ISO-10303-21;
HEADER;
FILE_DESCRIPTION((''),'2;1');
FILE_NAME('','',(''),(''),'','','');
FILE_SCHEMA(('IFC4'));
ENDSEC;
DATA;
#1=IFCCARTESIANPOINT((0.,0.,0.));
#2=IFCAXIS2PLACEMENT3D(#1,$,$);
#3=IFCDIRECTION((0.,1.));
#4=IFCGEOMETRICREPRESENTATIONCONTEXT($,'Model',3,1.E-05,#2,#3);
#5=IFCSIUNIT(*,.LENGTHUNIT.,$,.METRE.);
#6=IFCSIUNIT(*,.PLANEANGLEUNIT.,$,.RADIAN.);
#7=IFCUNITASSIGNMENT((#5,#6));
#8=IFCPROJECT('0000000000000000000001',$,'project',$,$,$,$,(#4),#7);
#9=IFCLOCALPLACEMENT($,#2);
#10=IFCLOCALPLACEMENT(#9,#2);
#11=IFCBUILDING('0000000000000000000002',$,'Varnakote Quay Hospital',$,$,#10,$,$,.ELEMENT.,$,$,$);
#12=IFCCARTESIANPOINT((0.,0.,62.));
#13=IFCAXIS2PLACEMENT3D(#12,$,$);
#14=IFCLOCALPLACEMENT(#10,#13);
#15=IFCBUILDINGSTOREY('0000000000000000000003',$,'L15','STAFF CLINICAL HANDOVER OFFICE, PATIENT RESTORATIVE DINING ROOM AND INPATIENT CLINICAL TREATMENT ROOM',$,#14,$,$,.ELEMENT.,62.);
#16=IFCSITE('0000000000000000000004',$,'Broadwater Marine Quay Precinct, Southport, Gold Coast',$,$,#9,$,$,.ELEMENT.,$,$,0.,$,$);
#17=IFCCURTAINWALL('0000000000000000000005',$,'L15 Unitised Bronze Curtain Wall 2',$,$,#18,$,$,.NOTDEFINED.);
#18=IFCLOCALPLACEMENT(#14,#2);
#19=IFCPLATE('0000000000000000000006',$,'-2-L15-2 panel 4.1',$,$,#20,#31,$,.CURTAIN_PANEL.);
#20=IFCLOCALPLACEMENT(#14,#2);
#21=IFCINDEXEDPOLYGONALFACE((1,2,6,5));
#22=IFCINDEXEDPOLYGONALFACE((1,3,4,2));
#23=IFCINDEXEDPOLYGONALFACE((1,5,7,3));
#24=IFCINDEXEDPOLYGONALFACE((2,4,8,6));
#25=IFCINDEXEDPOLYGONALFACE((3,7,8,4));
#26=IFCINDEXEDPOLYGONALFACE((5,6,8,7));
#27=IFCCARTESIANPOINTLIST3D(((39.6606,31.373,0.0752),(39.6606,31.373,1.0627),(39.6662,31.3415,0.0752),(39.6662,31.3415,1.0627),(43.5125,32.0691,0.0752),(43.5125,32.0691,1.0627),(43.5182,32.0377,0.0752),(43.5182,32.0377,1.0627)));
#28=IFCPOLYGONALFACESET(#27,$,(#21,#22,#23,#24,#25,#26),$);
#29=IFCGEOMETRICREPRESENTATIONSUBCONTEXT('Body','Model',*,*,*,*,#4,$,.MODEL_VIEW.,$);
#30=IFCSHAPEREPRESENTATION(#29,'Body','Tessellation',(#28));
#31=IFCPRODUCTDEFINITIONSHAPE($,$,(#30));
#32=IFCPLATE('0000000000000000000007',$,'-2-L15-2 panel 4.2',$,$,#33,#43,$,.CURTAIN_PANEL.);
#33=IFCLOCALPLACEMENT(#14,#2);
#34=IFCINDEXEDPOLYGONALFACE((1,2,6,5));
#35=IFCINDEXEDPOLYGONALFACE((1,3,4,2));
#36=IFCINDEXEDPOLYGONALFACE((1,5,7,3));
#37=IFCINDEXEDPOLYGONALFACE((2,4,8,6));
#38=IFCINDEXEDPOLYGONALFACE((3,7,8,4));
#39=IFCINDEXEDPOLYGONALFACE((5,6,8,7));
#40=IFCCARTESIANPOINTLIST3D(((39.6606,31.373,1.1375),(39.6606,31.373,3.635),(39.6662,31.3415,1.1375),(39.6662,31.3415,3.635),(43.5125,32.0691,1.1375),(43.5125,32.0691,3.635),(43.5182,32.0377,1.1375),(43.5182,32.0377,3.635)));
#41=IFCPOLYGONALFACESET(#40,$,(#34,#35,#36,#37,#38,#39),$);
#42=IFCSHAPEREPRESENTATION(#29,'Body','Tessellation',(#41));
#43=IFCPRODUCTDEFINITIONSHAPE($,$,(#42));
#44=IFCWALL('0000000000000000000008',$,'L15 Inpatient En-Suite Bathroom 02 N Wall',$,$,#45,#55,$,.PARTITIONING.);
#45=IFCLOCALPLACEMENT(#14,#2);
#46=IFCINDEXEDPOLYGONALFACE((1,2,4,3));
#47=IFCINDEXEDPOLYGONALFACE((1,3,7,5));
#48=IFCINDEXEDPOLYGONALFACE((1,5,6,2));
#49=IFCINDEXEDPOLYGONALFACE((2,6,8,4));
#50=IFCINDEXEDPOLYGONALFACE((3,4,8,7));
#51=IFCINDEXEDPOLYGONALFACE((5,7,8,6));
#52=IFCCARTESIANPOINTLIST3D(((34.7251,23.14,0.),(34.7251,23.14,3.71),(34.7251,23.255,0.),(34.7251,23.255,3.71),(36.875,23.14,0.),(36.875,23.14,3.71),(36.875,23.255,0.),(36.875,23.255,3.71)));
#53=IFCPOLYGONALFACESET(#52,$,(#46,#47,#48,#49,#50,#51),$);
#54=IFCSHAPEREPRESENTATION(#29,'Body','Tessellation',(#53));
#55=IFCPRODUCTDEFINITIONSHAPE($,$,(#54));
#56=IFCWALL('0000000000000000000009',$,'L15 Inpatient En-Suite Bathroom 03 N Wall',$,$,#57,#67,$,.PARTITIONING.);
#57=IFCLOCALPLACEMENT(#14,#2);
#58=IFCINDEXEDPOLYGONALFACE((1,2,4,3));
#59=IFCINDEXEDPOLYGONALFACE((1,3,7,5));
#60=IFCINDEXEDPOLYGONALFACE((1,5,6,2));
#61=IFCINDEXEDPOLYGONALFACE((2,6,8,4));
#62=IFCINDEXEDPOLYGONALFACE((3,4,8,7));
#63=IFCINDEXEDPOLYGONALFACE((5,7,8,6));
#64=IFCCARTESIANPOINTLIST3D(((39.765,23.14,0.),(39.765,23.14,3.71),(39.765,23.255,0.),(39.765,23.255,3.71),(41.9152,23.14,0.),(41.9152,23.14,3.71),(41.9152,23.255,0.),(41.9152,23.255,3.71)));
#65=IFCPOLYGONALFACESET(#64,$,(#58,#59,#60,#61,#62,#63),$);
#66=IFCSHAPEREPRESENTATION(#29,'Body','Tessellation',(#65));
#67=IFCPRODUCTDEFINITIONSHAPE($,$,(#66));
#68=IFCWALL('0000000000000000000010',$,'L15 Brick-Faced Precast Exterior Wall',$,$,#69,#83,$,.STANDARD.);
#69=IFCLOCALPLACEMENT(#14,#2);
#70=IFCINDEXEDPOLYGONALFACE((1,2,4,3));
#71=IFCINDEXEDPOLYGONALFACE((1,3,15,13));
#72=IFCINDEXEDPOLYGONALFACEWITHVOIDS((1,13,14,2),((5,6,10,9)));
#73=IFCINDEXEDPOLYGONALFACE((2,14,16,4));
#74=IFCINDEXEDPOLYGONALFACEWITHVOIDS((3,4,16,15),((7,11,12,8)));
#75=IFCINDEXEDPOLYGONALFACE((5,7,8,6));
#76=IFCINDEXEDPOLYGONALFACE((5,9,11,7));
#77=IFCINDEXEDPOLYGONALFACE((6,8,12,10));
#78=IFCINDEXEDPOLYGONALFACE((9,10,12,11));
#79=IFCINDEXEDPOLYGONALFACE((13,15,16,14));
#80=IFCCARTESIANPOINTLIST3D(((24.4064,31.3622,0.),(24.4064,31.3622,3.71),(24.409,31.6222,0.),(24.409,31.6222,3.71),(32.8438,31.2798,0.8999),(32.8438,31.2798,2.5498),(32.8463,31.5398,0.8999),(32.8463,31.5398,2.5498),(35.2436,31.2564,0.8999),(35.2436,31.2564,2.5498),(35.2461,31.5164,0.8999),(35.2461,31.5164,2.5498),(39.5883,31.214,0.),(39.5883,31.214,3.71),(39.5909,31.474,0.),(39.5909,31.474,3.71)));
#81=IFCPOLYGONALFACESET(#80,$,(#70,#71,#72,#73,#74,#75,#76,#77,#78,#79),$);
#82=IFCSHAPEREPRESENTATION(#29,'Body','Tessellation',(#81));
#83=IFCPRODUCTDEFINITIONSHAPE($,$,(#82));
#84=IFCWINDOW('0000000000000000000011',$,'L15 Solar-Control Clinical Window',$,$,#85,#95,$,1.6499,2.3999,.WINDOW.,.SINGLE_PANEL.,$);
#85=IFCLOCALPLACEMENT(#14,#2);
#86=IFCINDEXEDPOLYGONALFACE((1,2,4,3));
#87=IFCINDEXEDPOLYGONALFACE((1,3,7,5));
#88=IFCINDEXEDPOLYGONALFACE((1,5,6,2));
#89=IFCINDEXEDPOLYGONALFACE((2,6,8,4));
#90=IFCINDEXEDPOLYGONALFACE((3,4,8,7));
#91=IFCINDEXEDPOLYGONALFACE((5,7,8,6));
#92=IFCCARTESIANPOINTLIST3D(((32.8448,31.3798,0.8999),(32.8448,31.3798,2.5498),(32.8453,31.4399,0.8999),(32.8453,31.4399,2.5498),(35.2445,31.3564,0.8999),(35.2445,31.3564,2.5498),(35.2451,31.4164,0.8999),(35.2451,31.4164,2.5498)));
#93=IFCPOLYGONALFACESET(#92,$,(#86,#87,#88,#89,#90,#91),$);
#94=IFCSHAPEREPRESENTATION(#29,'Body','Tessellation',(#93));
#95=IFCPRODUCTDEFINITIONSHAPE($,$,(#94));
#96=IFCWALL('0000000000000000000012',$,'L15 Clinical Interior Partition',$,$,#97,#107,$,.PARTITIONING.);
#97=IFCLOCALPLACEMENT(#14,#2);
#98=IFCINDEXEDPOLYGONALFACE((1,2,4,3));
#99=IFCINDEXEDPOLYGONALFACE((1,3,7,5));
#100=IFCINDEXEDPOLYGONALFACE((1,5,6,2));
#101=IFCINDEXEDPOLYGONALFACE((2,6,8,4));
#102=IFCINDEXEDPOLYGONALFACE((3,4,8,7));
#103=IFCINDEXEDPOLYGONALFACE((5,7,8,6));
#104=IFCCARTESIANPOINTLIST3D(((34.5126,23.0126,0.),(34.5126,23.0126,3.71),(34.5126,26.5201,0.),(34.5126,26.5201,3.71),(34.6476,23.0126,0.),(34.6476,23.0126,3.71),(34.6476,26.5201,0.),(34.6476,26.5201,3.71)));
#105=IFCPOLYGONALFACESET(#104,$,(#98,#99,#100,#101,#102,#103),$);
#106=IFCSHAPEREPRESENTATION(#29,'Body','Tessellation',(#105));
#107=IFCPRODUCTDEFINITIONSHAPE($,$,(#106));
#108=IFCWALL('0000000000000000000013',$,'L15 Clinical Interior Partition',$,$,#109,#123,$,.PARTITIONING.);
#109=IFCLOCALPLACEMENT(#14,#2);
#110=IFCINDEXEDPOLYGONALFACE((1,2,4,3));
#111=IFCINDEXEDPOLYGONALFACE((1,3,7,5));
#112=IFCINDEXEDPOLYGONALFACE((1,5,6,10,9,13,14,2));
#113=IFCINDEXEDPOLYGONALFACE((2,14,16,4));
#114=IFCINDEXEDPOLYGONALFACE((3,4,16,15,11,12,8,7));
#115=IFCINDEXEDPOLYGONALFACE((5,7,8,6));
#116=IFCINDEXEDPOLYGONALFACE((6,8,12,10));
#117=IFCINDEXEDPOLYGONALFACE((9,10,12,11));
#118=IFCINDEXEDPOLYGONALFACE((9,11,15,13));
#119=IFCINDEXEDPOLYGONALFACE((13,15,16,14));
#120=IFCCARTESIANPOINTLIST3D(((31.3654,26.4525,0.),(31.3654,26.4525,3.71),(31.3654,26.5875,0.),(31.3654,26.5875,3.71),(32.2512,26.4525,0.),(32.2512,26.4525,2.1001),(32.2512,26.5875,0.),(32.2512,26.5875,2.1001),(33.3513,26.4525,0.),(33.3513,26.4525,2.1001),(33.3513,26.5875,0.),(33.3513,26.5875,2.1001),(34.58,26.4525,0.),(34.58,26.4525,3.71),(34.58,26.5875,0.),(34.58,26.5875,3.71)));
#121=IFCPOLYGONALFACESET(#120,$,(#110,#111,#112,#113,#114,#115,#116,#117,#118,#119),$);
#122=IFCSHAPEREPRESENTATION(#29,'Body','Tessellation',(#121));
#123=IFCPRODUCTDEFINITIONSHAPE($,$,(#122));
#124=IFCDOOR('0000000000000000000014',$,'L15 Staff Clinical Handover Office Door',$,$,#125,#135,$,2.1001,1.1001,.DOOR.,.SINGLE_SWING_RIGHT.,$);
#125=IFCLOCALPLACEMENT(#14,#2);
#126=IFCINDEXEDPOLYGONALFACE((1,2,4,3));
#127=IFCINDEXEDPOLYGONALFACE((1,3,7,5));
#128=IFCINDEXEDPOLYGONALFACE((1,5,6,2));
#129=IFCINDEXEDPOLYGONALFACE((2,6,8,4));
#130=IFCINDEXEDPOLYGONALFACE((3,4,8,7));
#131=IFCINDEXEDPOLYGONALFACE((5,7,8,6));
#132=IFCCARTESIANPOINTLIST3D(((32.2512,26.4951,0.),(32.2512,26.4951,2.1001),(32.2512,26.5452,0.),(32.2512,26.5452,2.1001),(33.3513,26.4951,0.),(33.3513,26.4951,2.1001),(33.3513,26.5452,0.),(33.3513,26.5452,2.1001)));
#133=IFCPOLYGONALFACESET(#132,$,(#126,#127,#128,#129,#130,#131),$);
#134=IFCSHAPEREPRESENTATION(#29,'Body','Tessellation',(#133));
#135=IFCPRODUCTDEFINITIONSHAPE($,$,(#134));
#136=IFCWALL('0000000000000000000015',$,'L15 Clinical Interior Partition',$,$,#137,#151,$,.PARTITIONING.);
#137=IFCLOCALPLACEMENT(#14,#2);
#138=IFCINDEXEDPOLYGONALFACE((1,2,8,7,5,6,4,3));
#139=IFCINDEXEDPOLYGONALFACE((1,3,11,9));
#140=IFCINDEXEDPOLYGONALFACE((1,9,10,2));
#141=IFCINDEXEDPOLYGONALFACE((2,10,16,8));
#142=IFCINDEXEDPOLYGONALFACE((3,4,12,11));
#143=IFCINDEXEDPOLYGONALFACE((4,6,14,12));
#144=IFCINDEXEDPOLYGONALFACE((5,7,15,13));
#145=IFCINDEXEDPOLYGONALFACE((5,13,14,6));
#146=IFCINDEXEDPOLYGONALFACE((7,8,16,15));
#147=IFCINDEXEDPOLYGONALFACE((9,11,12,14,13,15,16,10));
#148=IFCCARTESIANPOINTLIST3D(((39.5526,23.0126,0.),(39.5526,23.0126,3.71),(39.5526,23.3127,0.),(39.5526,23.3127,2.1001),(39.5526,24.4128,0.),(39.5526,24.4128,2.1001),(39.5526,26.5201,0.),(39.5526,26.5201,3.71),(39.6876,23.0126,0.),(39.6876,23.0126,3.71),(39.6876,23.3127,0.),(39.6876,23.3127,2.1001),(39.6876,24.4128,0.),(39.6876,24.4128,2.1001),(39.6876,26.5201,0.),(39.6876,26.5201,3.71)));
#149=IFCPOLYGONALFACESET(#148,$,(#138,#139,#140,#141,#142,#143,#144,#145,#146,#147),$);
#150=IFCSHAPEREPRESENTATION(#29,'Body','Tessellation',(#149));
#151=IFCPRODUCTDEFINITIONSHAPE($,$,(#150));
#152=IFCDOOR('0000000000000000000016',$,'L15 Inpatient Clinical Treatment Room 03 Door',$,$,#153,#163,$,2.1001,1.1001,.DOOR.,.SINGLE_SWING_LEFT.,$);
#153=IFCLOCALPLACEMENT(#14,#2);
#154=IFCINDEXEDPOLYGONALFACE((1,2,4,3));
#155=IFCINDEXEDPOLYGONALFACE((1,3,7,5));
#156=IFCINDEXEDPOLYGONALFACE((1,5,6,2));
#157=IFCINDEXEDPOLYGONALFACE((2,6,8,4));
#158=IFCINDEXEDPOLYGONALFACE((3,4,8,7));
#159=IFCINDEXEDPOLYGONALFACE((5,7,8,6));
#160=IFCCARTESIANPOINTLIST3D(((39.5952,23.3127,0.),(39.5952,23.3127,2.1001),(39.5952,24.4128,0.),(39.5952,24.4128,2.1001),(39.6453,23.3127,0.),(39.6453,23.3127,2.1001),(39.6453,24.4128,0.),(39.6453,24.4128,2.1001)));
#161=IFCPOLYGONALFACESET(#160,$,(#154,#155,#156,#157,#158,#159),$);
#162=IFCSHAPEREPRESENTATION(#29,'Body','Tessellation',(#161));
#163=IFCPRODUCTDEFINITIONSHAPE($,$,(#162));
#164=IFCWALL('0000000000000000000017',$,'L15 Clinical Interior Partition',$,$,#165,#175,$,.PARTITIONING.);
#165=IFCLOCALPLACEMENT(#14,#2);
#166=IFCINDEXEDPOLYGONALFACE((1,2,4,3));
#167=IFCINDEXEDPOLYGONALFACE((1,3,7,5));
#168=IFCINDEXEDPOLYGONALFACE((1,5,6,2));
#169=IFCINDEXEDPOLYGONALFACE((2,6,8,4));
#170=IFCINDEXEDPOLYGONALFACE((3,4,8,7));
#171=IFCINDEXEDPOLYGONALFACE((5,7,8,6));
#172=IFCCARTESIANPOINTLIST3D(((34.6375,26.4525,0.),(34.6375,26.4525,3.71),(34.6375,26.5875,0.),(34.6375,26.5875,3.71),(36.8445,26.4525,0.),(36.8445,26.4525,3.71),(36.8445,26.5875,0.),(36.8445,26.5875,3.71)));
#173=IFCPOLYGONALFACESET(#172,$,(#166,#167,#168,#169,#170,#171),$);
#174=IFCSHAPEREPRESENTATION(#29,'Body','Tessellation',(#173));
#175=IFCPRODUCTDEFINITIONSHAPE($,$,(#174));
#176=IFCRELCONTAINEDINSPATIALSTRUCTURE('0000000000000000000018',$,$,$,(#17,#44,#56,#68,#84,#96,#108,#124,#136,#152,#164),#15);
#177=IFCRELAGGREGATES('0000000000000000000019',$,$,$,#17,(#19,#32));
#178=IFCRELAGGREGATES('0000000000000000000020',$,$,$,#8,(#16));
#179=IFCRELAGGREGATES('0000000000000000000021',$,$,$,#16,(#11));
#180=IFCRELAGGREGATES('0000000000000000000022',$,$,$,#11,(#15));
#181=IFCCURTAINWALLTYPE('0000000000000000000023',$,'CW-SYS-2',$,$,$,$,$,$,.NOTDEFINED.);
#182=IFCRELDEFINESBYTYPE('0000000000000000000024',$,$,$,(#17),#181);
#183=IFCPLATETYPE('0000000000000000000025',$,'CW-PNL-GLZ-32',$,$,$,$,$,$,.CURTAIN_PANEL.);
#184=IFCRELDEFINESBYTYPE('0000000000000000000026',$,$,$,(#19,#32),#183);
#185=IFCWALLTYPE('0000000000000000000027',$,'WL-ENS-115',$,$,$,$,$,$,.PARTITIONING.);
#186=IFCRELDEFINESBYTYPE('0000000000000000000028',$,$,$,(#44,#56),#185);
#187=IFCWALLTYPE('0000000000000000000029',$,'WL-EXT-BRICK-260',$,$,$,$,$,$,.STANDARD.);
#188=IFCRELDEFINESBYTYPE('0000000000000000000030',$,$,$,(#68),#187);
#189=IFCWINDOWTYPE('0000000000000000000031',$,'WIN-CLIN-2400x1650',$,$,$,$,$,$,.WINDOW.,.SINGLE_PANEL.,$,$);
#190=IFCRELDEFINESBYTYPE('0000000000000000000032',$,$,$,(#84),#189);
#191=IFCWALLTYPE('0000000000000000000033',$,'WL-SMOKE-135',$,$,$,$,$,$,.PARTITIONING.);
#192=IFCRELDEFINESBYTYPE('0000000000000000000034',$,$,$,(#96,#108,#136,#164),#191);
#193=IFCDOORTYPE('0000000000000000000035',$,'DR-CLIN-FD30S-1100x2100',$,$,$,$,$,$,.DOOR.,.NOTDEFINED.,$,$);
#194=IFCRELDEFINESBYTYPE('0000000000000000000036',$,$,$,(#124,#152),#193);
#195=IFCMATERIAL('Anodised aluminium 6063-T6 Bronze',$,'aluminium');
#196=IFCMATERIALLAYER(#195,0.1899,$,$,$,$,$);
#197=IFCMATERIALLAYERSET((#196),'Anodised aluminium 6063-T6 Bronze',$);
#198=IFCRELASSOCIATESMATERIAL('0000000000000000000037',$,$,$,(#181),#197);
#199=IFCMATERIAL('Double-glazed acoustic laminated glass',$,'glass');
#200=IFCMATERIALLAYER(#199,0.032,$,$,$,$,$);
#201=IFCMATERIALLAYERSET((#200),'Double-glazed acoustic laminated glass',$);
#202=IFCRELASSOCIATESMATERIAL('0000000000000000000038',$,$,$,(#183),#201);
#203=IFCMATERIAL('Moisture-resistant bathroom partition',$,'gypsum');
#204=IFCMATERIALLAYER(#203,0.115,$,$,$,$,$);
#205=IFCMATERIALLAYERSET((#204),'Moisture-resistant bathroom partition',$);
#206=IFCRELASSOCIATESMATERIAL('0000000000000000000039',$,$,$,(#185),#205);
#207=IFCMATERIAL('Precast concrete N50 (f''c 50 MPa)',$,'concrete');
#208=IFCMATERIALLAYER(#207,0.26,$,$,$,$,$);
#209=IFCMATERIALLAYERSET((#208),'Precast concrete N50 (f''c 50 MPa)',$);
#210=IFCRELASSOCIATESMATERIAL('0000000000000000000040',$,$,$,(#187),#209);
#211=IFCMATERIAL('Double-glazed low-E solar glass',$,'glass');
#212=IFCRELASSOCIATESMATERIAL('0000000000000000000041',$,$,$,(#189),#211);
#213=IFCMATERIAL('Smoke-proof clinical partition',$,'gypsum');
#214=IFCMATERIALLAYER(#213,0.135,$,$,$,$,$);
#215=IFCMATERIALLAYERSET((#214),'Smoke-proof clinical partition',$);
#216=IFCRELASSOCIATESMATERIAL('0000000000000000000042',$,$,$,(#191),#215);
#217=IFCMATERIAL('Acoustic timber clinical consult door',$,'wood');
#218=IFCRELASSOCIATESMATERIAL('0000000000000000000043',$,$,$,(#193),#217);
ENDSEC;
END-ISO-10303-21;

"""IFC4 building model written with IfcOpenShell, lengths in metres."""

from ifc_helpers import new_model, si_unit, direction, frame, frame_2d, origin, origin_2d, place, context, subcontext, project, spatial, rectangle, extrude, material, layer, layer_set, type_object, element, fill, aggregate, save


model = new_model("IFC4")

# Units and contexts
model_context = context("Model", 3, precision=1e-05, world=origin(), true_north=direction((0.0, 1.0)))
body_context = subcontext(model_context, "Body", "Model", "MODEL_VIEW")
ifc_project = project(units=[si_unit("LENGTHUNIT", "METRE"), si_unit("PLANEANGLEUNIT", "RADIAN")], contexts=[model_context])

# Site, building, storey
site_placement = place(None, origin())
site = spatial("IfcSite", under=ifc_project, at=site_placement, Name="Broadwater Marine Quay Precinct, Southport, Gold Coast", CompositionType="ELEMENT", RefElevation=0.0)
building_placement = place(site_placement, origin())
building = spatial("IfcBuilding", under=site, at=building_placement, Name="Varnakote Quay Hospital", CompositionType="ELEMENT")
storey_placement = place(building_placement, frame((0.0, 0.0, 62.0)))
storey = spatial("IfcBuildingStorey", under=building, at=storey_placement, Name="L15", Description="STAFF CLINICAL HANDOVER OFFICE, PATIENT RESTORATIVE DINING ROOM AND INPATIENT CLINICAL TREATMENT ROOM", CompositionType="ELEMENT", Elevation=62.0)

# Curtain wall
ifc_material_1 = material(Name="Anodised aluminium 6063-T6 Bronze", Category="aluminium")
ifc_layer_1 = layer(ifc_material_1, 0.1899)
ifc_layer_set_1 = layer_set([ifc_layer_1], Name="Anodised aluminium 6063-T6 Bronze")
curtain_wall_type = type_object("IfcCurtainWallType", Name="CW-SYS-2", PredefinedType="NOTDEFINED", material=ifc_layer_set_1)
curtain_wall_placement = place(storey_placement, origin())
curtain_wall = element("IfcCurtainWall", 1, at=curtain_wall_placement, inside=storey, type_object=curtain_wall_type, Name="L15 Unitised Bronze Curtain Wall 2", PredefinedType="NOTDEFINED")

# Plates
ifc_material_2 = material(Name="Double-glazed acoustic laminated glass", Category="glass")
ifc_layer_2 = layer(ifc_material_2, 0.032)
ifc_layer_set_2 = layer_set([ifc_layer_2], Name="Double-glazed acoustic laminated glass")
plate_type = type_object("IfcPlateType", Name="CW-PNL-GLZ-32", PredefinedType="CURTAIN_PANEL", material=ifc_layer_set_2)
plate_1_placement = place(storey_placement, frame((41.5894, 31.7053, 0.0752), z_axis=(0.0, 0.0, 1.0), x_axis=(-0.984058, -0.177846, 0.0)))
plate_1 = element("IfcPlate", 2, at=plate_1_placement, type_object=plate_type, Name="-2-L15-2 panel 4.1", PredefinedType="CURTAIN_PANEL", context=body_context, shape_type="SweptSolid", body=[
    extrude(rectangle(XDim=3.9143, YDim=0.032, at=origin_2d()), origin(), (0.0, 0.0, 1.0), 0.9875),
])
plate_2_placement = place(storey_placement, frame((41.5894, 31.7053, 1.1375), z_axis=(0.0, 0.0, 1.0), x_axis=(-0.984058, -0.177846, 0.0)))
plate_2 = element("IfcPlate", 3, at=plate_2_placement, type_object=plate_type, Name="-2-L15-2 panel 4.2", PredefinedType="CURTAIN_PANEL", context=body_context, shape_type="SweptSolid", body=[
    extrude(rectangle(XDim=3.9143, YDim=0.032, at=origin_2d()), origin(), (0.0, 0.0, 1.0), 2.4976),
])
aggregate(curtain_wall, [plate_1, plate_2])

# Walls
ifc_material_3 = material(Name="Moisture-resistant bathroom partition", Category="gypsum")
ifc_layer_3 = layer(ifc_material_3, 0.115)
ifc_layer_set_3 = layer_set([ifc_layer_3], Name="Moisture-resistant bathroom partition")
wall_type_1 = type_object("IfcWallType", Name="WL-ENS-115", PredefinedType="PARTITIONING", material=ifc_layer_set_3)
wall_1_placement = place(storey_placement, frame((34.7251, 23.1975, 0.0), z_axis=(0.0, 0.0, 1.0), x_axis=(1.0, 0.0, 0.0)))
element("IfcWall", 4, at=wall_1_placement, inside=storey, type_object=wall_type_1, Name="L15 Inpatient En-Suite Bathroom 02 N Wall", PredefinedType="PARTITIONING", context=body_context, shape_type="SweptSolid", body=[
    extrude(rectangle(XDim=2.1499, YDim=0.115, at=frame_2d((1.075, 0.0))), origin(), (0.0, 0.0, 1.0), 3.71),
])
wall_2_placement = place(storey_placement, frame((39.7649, 23.1975, 0.0), z_axis=(0.0, 0.0, 1.0), x_axis=(1.0, 0.0, 0.0)))
element("IfcWall", 5, at=wall_2_placement, inside=storey, type_object=wall_type_1, Name="L15 Inpatient En-Suite Bathroom 03 N Wall", PredefinedType="PARTITIONING", context=body_context, shape_type="SweptSolid", body=[
    extrude(rectangle(XDim=2.1501, YDim=0.115, at=frame_2d((1.0752, 0.0))), origin(), (0.0, 0.0, 1.0), 3.71),
])

# Wall, opening, window
ifc_material_4 = material(Name="Precast concrete N50 (f'c 50 MPa)", Category="concrete")
ifc_layer_4 = layer(ifc_material_4, 0.26)
ifc_layer_set_4 = layer_set([ifc_layer_4], Name="Precast concrete N50 (f'c 50 MPa)")
wall_type_2 = type_object("IfcWallType", Name="WL-EXT-BRICK-260", PredefinedType="STANDARD", material=ifc_layer_set_4)
wall_3_placement = place(storey_placement, frame((39.5896, 31.344, 0.0), z_axis=(0.0, 0.0, 1.0), x_axis=(-0.999952, 0.009761, 0.0)))
wall_3 = element("IfcWall", 6, at=wall_3_placement, inside=storey, type_object=wall_type_2, Name="L15 Brick-Faced Precast Exterior Wall", PredefinedType="STANDARD", context=body_context, shape_type="SweptSolid", body=[
    extrude(rectangle(XDim=15.1826, YDim=0.26, at=frame_2d((7.5913, 0.0))), origin(), (0.0, 0.0, 1.0), 3.71),
])
opening_1_placement = place(wall_3_placement, frame((4.345, 0.0, 0.8999)))
opening_1 = element("IfcOpeningElement", 7, at=opening_1_placement, cuts=wall_3, PredefinedType="OPENING", context=body_context, shape_type="SweptSolid", body=[
    extrude(rectangle(XDim=2.3999, YDim=1.6499, at=frame_2d((1.2, 0.825))), frame((0.0, 0.1399, 0.0), z_axis=(0.0, -1.0, 0.0), x_axis=(1.0, 0.0, 0.0)), (0.0, 0.0, 1.0), 0.28),
])
ifc_material_5 = material(Name="Double-glazed low-E solar glass", Category="glass")
window_type = type_object("IfcWindowType", Name="WIN-CLIN-2400x1650", PartitioningType="SINGLE_PANEL", PredefinedType="WINDOW", material=ifc_material_5)
window_placement = place(opening_1_placement, origin())
window = element("IfcWindow", 8, at=window_placement, inside=storey, type_object=window_type, Name="L15 Solar-Control Clinical Window", OverallHeight=1.6499, OverallWidth=2.3999, PartitioningType="SINGLE_PANEL", PredefinedType="WINDOW", context=body_context, shape_type="SweptSolid", body=[
    extrude(rectangle(XDim=2.3999, YDim=1.6499, at=frame_2d((1.2, 0.825))), frame((0.0, 0.03, 0.0), z_axis=(0.0, -1.0, 0.0), x_axis=(1.0, 0.0, 0.0)), (0.0, 0.0, 1.0), 0.0601),
])
fill(opening_1, window)

# Wall
ifc_material_6 = material(Name="Smoke-proof clinical partition", Category="gypsum")
ifc_layer_5 = layer(ifc_material_6, 0.135)
ifc_layer_set_5 = layer_set([ifc_layer_5], Name="Smoke-proof clinical partition")
wall_type_3 = type_object("IfcWallType", Name="WL-SMOKE-135", PredefinedType="PARTITIONING", material=ifc_layer_set_5)
wall_4_placement = place(storey_placement, frame((34.5801, 23.0125, 0.0), z_axis=(0.0, 0.0, 1.0), x_axis=(0.0, 1.0, 0.0)))
element("IfcWall", 9, at=wall_4_placement, inside=storey, type_object=wall_type_3, Name="L15 Clinical Interior Partition", PredefinedType="PARTITIONING", context=body_context, shape_type="SweptSolid", body=[
    extrude(rectangle(XDim=3.5076, YDim=0.135, at=frame_2d((1.7539, 0.0))), origin(), (0.0, 0.0, 1.0), 3.71),
])

# Walls, openings, doors
wall_5_placement = place(storey_placement, frame((34.5801, 26.52, 0.0), z_axis=(0.0, 0.0, 1.0), x_axis=(-1.0, 0.0, 0.0)))
wall_5 = element("IfcWall", 10, at=wall_5_placement, inside=storey, type_object=wall_type_3, Name="L15 Clinical Interior Partition", PredefinedType="PARTITIONING", context=body_context, shape_type="SweptSolid", body=[
    extrude(rectangle(XDim=3.2146, YDim=0.135, at=frame_2d((1.6074, 0.0))), origin(), (0.0, 0.0, 1.0), 3.71),
])
opening_2_placement = place(wall_5_placement, frame((1.2288, 0.0, 0.0)))
opening_2 = element("IfcOpeningElement", 11, at=opening_2_placement, cuts=wall_5, PredefinedType="OPENING", context=body_context, shape_type="SweptSolid", body=[
    extrude(rectangle(XDim=1.1001, YDim=2.1001, at=frame_2d((0.55, 1.05))), frame((0.0, 0.0774, 0.0), z_axis=(0.0, -1.0, 0.0), x_axis=(1.0, 0.0, 0.0)), (0.0, 0.0, 1.0), 0.155),
])
ifc_material_7 = material(Name="Acoustic timber clinical consult door", Category="wood")
door_type = type_object("IfcDoorType", Name="DR-CLIN-FD30S-1100x2100", OperationType="NOTDEFINED", PredefinedType="DOOR", material=ifc_material_7)
door_1_placement = place(opening_2_placement, origin())
door_1 = element("IfcDoor", 12, at=door_1_placement, inside=storey, type_object=door_type, Name="L15 Staff Clinical Handover Office Door", OperationType="SINGLE_SWING_RIGHT", OverallHeight=2.1001, OverallWidth=1.1001, PredefinedType="DOOR", context=body_context, shape_type="SweptSolid", body=[
    extrude(rectangle(XDim=1.1001, YDim=2.1001, at=frame_2d((0.55, 1.05))), frame((0.0, 0.0249, 0.0), z_axis=(0.0, -1.0, 0.0), x_axis=(1.0, 0.0, 0.0)), (0.0, 0.0, 1.0), 0.05),
])
fill(opening_2, door_1)
wall_6_placement = place(storey_placement, frame((39.6201, 23.0125, 0.0), z_axis=(0.0, 0.0, 1.0), x_axis=(0.0, 1.0, 0.0)))
wall_6 = element("IfcWall", 13, at=wall_6_placement, inside=storey, type_object=wall_type_3, Name="L15 Clinical Interior Partition", PredefinedType="PARTITIONING", context=body_context, shape_type="SweptSolid", body=[
    extrude(rectangle(XDim=3.5076, YDim=0.135, at=frame_2d((1.7539, 0.0))), origin(), (0.0, 0.0, 1.0), 3.71),
])
opening_3_placement = place(wall_6_placement, frame((0.3003, 0.0, 0.0)))
opening_3 = element("IfcOpeningElement", 14, at=opening_3_placement, cuts=wall_6, PredefinedType="OPENING", context=body_context, shape_type="SweptSolid", body=[
    extrude(rectangle(XDim=1.1001, YDim=2.1001, at=frame_2d((0.55, 1.05))), frame((0.0, 0.0774, 0.0), z_axis=(0.0, -1.0, 0.0), x_axis=(1.0, 0.0, 0.0)), (0.0, 0.0, 1.0), 0.155),
])
door_2_placement = place(opening_3_placement, origin())
door_2 = element("IfcDoor", 15, at=door_2_placement, inside=storey, type_object=door_type, Name="L15 Inpatient Clinical Treatment Room 03 Door", OperationType="SINGLE_SWING_LEFT", OverallHeight=2.1001, OverallWidth=1.1001, PredefinedType="DOOR", context=body_context, shape_type="SweptSolid", body=[
    extrude(rectangle(XDim=1.1001, YDim=2.1001, at=frame_2d((0.55, 1.05))), frame((0.0, 0.0249, 0.0), z_axis=(0.0, -1.0, 0.0), x_axis=(1.0, 0.0, 0.0)), (0.0, 0.0, 1.0), 0.05),
])
fill(opening_3, door_2)

# Wall
wall_7_placement = place(storey_placement, frame((36.8445, 26.52, 0.0), z_axis=(0.0, 0.0, 1.0), x_axis=(-1.0, 0.0, 0.0)))
element("IfcWall", 16, at=wall_7_placement, inside=storey, type_object=wall_type_3, Name="L15 Clinical Interior Partition", PredefinedType="PARTITIONING", context=body_context, shape_type="SweptSolid", body=[
    extrude(rectangle(XDim=2.207, YDim=0.135, at=frame_2d((1.1035, 0.0))), origin(), (0.0, 0.0, 1.0), 3.71),
])

save(model, "model.ifc")
